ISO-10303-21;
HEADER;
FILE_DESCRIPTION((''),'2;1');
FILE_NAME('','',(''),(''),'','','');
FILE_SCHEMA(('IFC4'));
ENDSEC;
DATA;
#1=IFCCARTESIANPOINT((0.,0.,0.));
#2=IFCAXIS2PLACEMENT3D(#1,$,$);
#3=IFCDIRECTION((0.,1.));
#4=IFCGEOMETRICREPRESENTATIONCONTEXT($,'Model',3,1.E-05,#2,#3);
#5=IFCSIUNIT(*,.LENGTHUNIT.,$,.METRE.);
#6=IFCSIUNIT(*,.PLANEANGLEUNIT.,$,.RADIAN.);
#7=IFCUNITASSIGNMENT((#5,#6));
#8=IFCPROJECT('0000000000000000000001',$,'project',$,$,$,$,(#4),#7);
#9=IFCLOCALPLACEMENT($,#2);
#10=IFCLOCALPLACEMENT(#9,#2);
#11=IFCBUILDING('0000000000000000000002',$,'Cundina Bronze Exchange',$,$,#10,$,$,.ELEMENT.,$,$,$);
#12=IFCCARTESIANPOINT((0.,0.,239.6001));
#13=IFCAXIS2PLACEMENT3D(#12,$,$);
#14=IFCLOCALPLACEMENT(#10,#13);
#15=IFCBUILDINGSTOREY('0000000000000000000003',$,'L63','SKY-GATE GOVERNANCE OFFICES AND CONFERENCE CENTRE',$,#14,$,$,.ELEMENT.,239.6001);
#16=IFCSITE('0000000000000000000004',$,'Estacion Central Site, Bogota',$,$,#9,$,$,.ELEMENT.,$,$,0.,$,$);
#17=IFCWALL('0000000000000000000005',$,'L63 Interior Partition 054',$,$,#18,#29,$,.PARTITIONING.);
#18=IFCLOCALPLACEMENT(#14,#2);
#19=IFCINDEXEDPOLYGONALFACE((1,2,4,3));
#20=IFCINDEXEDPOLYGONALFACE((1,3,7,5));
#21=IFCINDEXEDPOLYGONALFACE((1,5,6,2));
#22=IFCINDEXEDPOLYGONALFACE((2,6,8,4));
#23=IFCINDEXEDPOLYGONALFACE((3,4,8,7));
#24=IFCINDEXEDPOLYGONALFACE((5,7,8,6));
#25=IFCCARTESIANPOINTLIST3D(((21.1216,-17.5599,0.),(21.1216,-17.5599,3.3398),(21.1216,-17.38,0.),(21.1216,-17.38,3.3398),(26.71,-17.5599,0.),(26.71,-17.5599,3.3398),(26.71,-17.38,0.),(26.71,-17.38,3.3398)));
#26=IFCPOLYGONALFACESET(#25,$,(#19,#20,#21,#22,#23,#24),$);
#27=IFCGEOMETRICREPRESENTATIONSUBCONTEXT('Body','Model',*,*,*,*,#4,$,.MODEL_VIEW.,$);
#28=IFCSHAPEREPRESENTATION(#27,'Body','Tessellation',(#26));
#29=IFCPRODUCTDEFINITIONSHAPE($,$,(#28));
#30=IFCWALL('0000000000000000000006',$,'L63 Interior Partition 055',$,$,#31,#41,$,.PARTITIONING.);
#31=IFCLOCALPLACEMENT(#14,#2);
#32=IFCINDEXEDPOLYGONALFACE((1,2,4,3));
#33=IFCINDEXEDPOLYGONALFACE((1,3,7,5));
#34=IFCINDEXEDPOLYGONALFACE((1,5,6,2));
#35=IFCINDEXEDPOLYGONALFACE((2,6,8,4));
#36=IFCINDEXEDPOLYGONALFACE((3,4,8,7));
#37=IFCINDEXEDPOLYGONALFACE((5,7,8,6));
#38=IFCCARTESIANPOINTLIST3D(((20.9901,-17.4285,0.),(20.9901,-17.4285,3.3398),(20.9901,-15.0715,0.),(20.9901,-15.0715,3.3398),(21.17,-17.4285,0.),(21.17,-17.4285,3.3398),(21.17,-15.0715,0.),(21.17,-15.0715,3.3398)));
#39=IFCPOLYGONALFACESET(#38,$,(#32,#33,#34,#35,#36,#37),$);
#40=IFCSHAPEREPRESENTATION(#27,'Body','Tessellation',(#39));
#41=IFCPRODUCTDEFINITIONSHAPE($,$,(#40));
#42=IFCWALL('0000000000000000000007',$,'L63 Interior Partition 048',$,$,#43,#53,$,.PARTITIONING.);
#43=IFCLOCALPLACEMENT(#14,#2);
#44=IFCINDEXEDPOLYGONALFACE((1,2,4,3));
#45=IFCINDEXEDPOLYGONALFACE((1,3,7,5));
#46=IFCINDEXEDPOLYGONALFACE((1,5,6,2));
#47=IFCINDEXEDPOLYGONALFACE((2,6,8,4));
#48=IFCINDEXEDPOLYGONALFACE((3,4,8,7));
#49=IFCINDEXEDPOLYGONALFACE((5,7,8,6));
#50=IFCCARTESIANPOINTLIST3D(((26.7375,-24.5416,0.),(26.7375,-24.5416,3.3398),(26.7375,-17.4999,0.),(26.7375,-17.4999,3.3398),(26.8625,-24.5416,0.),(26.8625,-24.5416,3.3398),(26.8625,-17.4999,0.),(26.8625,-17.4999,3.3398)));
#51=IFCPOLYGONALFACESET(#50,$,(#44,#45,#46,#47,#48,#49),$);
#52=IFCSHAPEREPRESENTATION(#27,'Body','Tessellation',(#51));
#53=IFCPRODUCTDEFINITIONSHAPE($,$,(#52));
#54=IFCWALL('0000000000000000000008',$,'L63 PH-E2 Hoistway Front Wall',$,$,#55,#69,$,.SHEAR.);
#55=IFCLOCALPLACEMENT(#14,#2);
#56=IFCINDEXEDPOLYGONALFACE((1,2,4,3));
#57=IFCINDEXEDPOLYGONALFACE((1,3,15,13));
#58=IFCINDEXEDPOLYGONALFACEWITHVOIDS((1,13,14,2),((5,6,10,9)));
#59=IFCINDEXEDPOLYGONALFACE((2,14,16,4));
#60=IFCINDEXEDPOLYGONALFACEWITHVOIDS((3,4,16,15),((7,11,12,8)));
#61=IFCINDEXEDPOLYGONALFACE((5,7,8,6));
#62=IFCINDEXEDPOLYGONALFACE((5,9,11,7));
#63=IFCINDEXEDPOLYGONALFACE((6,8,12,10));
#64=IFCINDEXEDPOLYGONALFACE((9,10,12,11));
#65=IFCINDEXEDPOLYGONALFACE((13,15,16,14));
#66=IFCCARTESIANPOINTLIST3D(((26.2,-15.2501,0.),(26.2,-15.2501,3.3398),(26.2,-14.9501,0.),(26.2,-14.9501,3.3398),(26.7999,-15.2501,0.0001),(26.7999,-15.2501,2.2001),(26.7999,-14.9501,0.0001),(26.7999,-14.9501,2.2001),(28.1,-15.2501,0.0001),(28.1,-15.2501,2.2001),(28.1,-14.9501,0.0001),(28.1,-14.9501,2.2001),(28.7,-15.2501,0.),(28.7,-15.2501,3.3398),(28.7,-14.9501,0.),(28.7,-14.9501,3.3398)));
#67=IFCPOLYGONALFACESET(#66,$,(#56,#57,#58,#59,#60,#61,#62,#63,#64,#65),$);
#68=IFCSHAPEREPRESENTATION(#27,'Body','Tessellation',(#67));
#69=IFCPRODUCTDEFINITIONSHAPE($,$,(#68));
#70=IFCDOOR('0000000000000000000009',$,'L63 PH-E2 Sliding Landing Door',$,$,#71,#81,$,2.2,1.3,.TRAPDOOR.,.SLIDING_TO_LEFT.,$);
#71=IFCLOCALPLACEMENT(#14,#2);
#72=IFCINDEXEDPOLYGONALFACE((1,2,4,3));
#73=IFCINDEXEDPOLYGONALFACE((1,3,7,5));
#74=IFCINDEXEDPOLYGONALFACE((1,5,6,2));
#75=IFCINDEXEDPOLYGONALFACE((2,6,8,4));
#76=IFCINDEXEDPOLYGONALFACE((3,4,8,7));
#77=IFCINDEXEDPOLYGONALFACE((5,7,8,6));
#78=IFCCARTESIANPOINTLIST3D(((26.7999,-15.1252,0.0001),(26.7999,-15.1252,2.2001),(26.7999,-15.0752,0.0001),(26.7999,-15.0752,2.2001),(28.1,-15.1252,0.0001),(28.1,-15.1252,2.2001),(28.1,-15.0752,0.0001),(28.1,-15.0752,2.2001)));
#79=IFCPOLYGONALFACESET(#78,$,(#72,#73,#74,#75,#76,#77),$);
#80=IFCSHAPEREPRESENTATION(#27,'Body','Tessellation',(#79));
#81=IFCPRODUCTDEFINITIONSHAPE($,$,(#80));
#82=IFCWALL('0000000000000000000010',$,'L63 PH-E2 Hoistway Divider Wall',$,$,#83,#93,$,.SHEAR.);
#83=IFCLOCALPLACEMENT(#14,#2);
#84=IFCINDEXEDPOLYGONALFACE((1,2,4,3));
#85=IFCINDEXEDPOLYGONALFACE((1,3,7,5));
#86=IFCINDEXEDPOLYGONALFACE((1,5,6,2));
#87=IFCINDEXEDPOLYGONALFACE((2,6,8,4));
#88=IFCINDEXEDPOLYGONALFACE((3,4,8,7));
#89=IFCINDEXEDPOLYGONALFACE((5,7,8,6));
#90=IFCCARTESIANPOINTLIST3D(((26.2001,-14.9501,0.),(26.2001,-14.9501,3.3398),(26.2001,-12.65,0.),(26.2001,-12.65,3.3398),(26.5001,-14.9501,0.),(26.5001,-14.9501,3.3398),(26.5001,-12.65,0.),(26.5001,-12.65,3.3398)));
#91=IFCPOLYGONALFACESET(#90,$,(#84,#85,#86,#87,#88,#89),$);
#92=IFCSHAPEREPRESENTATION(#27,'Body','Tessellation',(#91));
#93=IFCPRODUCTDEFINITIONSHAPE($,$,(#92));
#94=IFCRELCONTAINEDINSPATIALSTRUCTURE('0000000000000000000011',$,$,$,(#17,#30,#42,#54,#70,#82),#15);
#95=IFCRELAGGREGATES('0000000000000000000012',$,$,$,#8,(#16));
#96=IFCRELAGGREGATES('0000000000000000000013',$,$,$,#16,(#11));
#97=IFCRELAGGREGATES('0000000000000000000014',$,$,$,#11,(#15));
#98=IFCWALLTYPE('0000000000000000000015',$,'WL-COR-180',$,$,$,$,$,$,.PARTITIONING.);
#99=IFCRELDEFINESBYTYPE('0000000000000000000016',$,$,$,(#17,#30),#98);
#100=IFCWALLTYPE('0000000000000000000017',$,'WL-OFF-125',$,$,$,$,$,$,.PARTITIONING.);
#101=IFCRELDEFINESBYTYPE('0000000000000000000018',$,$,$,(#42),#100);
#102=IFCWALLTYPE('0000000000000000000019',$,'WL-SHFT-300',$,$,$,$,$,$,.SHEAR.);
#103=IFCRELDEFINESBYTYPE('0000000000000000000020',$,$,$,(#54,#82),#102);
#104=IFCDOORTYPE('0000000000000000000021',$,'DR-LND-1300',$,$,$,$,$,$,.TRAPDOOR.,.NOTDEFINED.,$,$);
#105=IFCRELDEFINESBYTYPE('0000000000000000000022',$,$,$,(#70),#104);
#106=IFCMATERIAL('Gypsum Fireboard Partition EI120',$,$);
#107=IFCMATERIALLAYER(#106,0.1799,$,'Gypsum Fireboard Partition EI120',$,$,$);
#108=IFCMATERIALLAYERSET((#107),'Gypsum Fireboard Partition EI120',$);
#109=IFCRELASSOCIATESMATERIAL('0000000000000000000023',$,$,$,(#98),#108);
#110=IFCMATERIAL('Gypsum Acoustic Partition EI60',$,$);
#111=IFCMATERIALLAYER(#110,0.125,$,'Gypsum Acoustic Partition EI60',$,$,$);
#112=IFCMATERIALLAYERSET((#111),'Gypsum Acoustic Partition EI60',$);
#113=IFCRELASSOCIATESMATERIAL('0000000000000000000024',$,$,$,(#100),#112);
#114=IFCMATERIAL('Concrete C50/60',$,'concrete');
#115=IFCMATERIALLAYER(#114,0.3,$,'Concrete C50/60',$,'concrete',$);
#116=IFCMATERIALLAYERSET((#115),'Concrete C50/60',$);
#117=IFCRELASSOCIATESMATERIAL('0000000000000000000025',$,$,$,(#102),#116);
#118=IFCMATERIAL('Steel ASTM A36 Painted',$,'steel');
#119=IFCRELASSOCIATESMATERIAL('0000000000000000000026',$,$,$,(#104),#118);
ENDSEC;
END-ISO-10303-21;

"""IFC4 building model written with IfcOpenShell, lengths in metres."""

from ifc_helpers import new_model, si_unit, direction, frame, frame_2d, origin, place, context, subcontext, project, spatial, rectangle, extrude, material, layer, layer_set, type_object, element, fill, save


model = new_model("IFC4")

# Units and contexts
model_context = context("Model", 3, precision=1e-05, world=origin(), true_north=direction((0.0, 1.0)))
body_context = subcontext(model_context, "Body", "Model", "MODEL_VIEW")
ifc_project = project(units=[si_unit("LENGTHUNIT", "METRE"), si_unit("PLANEANGLEUNIT", "RADIAN")], contexts=[model_context])

# Site, building, storey
site_placement = place(None, origin())
site = spatial("IfcSite", under=ifc_project, at=site_placement, Name="Estacion Central Site, Bogota", CompositionType="ELEMENT", RefElevation=0.0)
building_placement = place(site_placement, origin())
building = spatial("IfcBuilding", under=site, at=building_placement, Name="Cundina Bronze Exchange", CompositionType="ELEMENT")
storey_placement = place(building_placement, frame((0.0, 0.0, 239.6001)))
storey = spatial("IfcBuildingStorey", under=building, at=storey_placement, Name="L63", Description="SKY-GATE GOVERNANCE OFFICES AND CONFERENCE CENTRE", CompositionType="ELEMENT", Elevation=239.6001)

# Shared definitions
ifc_material_1 = material(Name="Concrete C50/60", Category="concrete")

# Shared definitions
ifc_material_2 = material(Name="Gypsum Fireboard Partition EI120")
ifc_layer_1 = layer(ifc_material_2, 0.1799, Name="Gypsum Fireboard Partition EI120")
ifc_layer_set_1 = layer_set([ifc_layer_1], Name="Gypsum Fireboard Partition EI120")
wall_type_1 = type_object("IfcWallType", Name="WL-COR-180", PredefinedType="PARTITIONING", material=ifc_layer_set_1)

# Walls
wall_1_placement = place(storey_placement, frame((21.1216, -17.47, 0.0), z_axis=(0.0, 0.0, 1.0), x_axis=(1.0, 0.0, 0.0)))
element("IfcWall", 1, at=wall_1_placement, inside=storey, type_object=wall_type_1, Name="L63 Interior Partition 054", PredefinedType="PARTITIONING", context=body_context, shape_type="SweptSolid", body=[
    extrude(rectangle(XDim=5.5884, YDim=0.1799, at=frame_2d((2.7942, 0.0))), origin(), (0.0, 0.0, 1.0), 3.3398),
])
wall_2_placement = place(storey_placement, frame((21.0801, -15.0715, 0.0), z_axis=(0.0, 0.0, 1.0), x_axis=(0.0, -1.0, 0.0)))
element("IfcWall", 2, at=wall_2_placement, inside=storey, type_object=wall_type_1, Name="L63 Interior Partition 055", PredefinedType="PARTITIONING", context=body_context, shape_type="SweptSolid", body=[
    extrude(rectangle(XDim=2.3569, YDim=0.1799, at=frame_2d((1.1785, 0.0))), origin(), (0.0, 0.0, 1.0), 3.3398),
])
ifc_material_3 = material(Name="Gypsum Acoustic Partition EI60")
ifc_layer_2 = layer(ifc_material_3, 0.125, Name="Gypsum Acoustic Partition EI60")
ifc_layer_set_2 = layer_set([ifc_layer_2], Name="Gypsum Acoustic Partition EI60")
wall_type_2 = type_object("IfcWallType", Name="WL-OFF-125", PredefinedType="PARTITIONING", material=ifc_layer_set_2)
wall_3_placement = place(storey_placement, frame((26.8, -24.5417, 0.0), z_axis=(0.0, 0.0, 1.0), x_axis=(0.0, 1.0, 0.0)))
element("IfcWall", 3, at=wall_3_placement, inside=storey, type_object=wall_type_2, Name="L63 Interior Partition 048", PredefinedType="PARTITIONING", context=body_context, shape_type="SweptSolid", body=[
    extrude(rectangle(XDim=7.0417, YDim=0.125, at=frame_2d((3.521, 0.0))), origin(), (0.0, 0.0, 1.0), 3.3398),
])

# Wall, opening, door
ifc_layer_3 = layer(ifc_material_1, 0.3, Name="Concrete C50/60", Category="concrete")
ifc_layer_set_3 = layer_set([ifc_layer_3], Name="Concrete C50/60")
wall_type_3 = type_object("IfcWallType", Name="WL-SHFT-300", PredefinedType="SHEAR", material=ifc_layer_set_3)
wall_4_placement = place(storey_placement, frame((26.2, -15.1001, 0.0), z_axis=(0.0, 0.0, 1.0), x_axis=(1.0, 0.0, 0.0)))
wall_4 = element("IfcWall", 4, at=wall_4_placement, inside=storey, type_object=wall_type_3, Name="L63 PH-E2 Hoistway Front Wall", PredefinedType="SHEAR", context=body_context, shape_type="SweptSolid", body=[
    extrude(rectangle(XDim=2.5, YDim=0.3, at=frame_2d((1.25, 0.0))), origin(), (0.0, 0.0, 1.0), 3.3398),
])
opening_1_placement = place(wall_4_placement, frame((0.6001, 0.0, 0.0)))
opening_1 = element("IfcOpeningElement", 5, at=opening_1_placement, cuts=wall_4, PredefinedType="OPENING", context=body_context, shape_type="SweptSolid", body=[
    extrude(rectangle(XDim=1.3, YDim=2.2, at=frame_2d((0.6499, 1.1001))), frame((0.0, 0.1599, 0.0), z_axis=(0.0, -1.0, 0.0), x_axis=(1.0, 0.0, 0.0)), (0.0, 0.0, 1.0), 0.3201),
])
ifc_material_4 = material(Name="Steel ASTM A36 Painted", Category="steel")
door_type_1 = type_object("IfcDoorType", Name="DR-LND-1300", OperationType="NOTDEFINED", PredefinedType="TRAPDOOR", material=ifc_material_4)
door_1_placement = place(opening_1_placement, origin())
door_1 = element("IfcDoor", 6, at=door_1_placement, inside=storey, type_object=door_type_1, Name="L63 PH-E2 Sliding Landing Door", OperationType="SLIDING_TO_LEFT", OverallHeight=2.2, OverallWidth=1.3, PredefinedType="TRAPDOOR", context=body_context, shape_type="SweptSolid", body=[
    extrude(rectangle(XDim=1.3, YDim=2.2, at=frame_2d((0.6499, 1.1001))), frame((0.0, 0.0249, 0.0), z_axis=(0.0, -1.0, 0.0), x_axis=(1.0, 0.0, 0.0)), (0.0, 0.0, 1.0), 0.05),
])
fill(opening_1, door_1)

# Wall
wall_5_placement = place(storey_placement, frame((26.3501, -14.95, 0.0), z_axis=(0.0, 0.0, 1.0), x_axis=(0.0, 1.0, 0.0)))
element("IfcWall", 7, at=wall_5_placement, inside=storey, type_object=wall_type_3, Name="L63 PH-E2 Hoistway Divider Wall", PredefinedType="SHEAR", context=body_context, shape_type="SweptSolid", body=[
    extrude(rectangle(XDim=2.3, YDim=0.3, at=frame_2d((1.1499, 0.0))), origin(), (0.0, 0.0, 1.0), 3.3398),
])

save(model, "model.ifc")
